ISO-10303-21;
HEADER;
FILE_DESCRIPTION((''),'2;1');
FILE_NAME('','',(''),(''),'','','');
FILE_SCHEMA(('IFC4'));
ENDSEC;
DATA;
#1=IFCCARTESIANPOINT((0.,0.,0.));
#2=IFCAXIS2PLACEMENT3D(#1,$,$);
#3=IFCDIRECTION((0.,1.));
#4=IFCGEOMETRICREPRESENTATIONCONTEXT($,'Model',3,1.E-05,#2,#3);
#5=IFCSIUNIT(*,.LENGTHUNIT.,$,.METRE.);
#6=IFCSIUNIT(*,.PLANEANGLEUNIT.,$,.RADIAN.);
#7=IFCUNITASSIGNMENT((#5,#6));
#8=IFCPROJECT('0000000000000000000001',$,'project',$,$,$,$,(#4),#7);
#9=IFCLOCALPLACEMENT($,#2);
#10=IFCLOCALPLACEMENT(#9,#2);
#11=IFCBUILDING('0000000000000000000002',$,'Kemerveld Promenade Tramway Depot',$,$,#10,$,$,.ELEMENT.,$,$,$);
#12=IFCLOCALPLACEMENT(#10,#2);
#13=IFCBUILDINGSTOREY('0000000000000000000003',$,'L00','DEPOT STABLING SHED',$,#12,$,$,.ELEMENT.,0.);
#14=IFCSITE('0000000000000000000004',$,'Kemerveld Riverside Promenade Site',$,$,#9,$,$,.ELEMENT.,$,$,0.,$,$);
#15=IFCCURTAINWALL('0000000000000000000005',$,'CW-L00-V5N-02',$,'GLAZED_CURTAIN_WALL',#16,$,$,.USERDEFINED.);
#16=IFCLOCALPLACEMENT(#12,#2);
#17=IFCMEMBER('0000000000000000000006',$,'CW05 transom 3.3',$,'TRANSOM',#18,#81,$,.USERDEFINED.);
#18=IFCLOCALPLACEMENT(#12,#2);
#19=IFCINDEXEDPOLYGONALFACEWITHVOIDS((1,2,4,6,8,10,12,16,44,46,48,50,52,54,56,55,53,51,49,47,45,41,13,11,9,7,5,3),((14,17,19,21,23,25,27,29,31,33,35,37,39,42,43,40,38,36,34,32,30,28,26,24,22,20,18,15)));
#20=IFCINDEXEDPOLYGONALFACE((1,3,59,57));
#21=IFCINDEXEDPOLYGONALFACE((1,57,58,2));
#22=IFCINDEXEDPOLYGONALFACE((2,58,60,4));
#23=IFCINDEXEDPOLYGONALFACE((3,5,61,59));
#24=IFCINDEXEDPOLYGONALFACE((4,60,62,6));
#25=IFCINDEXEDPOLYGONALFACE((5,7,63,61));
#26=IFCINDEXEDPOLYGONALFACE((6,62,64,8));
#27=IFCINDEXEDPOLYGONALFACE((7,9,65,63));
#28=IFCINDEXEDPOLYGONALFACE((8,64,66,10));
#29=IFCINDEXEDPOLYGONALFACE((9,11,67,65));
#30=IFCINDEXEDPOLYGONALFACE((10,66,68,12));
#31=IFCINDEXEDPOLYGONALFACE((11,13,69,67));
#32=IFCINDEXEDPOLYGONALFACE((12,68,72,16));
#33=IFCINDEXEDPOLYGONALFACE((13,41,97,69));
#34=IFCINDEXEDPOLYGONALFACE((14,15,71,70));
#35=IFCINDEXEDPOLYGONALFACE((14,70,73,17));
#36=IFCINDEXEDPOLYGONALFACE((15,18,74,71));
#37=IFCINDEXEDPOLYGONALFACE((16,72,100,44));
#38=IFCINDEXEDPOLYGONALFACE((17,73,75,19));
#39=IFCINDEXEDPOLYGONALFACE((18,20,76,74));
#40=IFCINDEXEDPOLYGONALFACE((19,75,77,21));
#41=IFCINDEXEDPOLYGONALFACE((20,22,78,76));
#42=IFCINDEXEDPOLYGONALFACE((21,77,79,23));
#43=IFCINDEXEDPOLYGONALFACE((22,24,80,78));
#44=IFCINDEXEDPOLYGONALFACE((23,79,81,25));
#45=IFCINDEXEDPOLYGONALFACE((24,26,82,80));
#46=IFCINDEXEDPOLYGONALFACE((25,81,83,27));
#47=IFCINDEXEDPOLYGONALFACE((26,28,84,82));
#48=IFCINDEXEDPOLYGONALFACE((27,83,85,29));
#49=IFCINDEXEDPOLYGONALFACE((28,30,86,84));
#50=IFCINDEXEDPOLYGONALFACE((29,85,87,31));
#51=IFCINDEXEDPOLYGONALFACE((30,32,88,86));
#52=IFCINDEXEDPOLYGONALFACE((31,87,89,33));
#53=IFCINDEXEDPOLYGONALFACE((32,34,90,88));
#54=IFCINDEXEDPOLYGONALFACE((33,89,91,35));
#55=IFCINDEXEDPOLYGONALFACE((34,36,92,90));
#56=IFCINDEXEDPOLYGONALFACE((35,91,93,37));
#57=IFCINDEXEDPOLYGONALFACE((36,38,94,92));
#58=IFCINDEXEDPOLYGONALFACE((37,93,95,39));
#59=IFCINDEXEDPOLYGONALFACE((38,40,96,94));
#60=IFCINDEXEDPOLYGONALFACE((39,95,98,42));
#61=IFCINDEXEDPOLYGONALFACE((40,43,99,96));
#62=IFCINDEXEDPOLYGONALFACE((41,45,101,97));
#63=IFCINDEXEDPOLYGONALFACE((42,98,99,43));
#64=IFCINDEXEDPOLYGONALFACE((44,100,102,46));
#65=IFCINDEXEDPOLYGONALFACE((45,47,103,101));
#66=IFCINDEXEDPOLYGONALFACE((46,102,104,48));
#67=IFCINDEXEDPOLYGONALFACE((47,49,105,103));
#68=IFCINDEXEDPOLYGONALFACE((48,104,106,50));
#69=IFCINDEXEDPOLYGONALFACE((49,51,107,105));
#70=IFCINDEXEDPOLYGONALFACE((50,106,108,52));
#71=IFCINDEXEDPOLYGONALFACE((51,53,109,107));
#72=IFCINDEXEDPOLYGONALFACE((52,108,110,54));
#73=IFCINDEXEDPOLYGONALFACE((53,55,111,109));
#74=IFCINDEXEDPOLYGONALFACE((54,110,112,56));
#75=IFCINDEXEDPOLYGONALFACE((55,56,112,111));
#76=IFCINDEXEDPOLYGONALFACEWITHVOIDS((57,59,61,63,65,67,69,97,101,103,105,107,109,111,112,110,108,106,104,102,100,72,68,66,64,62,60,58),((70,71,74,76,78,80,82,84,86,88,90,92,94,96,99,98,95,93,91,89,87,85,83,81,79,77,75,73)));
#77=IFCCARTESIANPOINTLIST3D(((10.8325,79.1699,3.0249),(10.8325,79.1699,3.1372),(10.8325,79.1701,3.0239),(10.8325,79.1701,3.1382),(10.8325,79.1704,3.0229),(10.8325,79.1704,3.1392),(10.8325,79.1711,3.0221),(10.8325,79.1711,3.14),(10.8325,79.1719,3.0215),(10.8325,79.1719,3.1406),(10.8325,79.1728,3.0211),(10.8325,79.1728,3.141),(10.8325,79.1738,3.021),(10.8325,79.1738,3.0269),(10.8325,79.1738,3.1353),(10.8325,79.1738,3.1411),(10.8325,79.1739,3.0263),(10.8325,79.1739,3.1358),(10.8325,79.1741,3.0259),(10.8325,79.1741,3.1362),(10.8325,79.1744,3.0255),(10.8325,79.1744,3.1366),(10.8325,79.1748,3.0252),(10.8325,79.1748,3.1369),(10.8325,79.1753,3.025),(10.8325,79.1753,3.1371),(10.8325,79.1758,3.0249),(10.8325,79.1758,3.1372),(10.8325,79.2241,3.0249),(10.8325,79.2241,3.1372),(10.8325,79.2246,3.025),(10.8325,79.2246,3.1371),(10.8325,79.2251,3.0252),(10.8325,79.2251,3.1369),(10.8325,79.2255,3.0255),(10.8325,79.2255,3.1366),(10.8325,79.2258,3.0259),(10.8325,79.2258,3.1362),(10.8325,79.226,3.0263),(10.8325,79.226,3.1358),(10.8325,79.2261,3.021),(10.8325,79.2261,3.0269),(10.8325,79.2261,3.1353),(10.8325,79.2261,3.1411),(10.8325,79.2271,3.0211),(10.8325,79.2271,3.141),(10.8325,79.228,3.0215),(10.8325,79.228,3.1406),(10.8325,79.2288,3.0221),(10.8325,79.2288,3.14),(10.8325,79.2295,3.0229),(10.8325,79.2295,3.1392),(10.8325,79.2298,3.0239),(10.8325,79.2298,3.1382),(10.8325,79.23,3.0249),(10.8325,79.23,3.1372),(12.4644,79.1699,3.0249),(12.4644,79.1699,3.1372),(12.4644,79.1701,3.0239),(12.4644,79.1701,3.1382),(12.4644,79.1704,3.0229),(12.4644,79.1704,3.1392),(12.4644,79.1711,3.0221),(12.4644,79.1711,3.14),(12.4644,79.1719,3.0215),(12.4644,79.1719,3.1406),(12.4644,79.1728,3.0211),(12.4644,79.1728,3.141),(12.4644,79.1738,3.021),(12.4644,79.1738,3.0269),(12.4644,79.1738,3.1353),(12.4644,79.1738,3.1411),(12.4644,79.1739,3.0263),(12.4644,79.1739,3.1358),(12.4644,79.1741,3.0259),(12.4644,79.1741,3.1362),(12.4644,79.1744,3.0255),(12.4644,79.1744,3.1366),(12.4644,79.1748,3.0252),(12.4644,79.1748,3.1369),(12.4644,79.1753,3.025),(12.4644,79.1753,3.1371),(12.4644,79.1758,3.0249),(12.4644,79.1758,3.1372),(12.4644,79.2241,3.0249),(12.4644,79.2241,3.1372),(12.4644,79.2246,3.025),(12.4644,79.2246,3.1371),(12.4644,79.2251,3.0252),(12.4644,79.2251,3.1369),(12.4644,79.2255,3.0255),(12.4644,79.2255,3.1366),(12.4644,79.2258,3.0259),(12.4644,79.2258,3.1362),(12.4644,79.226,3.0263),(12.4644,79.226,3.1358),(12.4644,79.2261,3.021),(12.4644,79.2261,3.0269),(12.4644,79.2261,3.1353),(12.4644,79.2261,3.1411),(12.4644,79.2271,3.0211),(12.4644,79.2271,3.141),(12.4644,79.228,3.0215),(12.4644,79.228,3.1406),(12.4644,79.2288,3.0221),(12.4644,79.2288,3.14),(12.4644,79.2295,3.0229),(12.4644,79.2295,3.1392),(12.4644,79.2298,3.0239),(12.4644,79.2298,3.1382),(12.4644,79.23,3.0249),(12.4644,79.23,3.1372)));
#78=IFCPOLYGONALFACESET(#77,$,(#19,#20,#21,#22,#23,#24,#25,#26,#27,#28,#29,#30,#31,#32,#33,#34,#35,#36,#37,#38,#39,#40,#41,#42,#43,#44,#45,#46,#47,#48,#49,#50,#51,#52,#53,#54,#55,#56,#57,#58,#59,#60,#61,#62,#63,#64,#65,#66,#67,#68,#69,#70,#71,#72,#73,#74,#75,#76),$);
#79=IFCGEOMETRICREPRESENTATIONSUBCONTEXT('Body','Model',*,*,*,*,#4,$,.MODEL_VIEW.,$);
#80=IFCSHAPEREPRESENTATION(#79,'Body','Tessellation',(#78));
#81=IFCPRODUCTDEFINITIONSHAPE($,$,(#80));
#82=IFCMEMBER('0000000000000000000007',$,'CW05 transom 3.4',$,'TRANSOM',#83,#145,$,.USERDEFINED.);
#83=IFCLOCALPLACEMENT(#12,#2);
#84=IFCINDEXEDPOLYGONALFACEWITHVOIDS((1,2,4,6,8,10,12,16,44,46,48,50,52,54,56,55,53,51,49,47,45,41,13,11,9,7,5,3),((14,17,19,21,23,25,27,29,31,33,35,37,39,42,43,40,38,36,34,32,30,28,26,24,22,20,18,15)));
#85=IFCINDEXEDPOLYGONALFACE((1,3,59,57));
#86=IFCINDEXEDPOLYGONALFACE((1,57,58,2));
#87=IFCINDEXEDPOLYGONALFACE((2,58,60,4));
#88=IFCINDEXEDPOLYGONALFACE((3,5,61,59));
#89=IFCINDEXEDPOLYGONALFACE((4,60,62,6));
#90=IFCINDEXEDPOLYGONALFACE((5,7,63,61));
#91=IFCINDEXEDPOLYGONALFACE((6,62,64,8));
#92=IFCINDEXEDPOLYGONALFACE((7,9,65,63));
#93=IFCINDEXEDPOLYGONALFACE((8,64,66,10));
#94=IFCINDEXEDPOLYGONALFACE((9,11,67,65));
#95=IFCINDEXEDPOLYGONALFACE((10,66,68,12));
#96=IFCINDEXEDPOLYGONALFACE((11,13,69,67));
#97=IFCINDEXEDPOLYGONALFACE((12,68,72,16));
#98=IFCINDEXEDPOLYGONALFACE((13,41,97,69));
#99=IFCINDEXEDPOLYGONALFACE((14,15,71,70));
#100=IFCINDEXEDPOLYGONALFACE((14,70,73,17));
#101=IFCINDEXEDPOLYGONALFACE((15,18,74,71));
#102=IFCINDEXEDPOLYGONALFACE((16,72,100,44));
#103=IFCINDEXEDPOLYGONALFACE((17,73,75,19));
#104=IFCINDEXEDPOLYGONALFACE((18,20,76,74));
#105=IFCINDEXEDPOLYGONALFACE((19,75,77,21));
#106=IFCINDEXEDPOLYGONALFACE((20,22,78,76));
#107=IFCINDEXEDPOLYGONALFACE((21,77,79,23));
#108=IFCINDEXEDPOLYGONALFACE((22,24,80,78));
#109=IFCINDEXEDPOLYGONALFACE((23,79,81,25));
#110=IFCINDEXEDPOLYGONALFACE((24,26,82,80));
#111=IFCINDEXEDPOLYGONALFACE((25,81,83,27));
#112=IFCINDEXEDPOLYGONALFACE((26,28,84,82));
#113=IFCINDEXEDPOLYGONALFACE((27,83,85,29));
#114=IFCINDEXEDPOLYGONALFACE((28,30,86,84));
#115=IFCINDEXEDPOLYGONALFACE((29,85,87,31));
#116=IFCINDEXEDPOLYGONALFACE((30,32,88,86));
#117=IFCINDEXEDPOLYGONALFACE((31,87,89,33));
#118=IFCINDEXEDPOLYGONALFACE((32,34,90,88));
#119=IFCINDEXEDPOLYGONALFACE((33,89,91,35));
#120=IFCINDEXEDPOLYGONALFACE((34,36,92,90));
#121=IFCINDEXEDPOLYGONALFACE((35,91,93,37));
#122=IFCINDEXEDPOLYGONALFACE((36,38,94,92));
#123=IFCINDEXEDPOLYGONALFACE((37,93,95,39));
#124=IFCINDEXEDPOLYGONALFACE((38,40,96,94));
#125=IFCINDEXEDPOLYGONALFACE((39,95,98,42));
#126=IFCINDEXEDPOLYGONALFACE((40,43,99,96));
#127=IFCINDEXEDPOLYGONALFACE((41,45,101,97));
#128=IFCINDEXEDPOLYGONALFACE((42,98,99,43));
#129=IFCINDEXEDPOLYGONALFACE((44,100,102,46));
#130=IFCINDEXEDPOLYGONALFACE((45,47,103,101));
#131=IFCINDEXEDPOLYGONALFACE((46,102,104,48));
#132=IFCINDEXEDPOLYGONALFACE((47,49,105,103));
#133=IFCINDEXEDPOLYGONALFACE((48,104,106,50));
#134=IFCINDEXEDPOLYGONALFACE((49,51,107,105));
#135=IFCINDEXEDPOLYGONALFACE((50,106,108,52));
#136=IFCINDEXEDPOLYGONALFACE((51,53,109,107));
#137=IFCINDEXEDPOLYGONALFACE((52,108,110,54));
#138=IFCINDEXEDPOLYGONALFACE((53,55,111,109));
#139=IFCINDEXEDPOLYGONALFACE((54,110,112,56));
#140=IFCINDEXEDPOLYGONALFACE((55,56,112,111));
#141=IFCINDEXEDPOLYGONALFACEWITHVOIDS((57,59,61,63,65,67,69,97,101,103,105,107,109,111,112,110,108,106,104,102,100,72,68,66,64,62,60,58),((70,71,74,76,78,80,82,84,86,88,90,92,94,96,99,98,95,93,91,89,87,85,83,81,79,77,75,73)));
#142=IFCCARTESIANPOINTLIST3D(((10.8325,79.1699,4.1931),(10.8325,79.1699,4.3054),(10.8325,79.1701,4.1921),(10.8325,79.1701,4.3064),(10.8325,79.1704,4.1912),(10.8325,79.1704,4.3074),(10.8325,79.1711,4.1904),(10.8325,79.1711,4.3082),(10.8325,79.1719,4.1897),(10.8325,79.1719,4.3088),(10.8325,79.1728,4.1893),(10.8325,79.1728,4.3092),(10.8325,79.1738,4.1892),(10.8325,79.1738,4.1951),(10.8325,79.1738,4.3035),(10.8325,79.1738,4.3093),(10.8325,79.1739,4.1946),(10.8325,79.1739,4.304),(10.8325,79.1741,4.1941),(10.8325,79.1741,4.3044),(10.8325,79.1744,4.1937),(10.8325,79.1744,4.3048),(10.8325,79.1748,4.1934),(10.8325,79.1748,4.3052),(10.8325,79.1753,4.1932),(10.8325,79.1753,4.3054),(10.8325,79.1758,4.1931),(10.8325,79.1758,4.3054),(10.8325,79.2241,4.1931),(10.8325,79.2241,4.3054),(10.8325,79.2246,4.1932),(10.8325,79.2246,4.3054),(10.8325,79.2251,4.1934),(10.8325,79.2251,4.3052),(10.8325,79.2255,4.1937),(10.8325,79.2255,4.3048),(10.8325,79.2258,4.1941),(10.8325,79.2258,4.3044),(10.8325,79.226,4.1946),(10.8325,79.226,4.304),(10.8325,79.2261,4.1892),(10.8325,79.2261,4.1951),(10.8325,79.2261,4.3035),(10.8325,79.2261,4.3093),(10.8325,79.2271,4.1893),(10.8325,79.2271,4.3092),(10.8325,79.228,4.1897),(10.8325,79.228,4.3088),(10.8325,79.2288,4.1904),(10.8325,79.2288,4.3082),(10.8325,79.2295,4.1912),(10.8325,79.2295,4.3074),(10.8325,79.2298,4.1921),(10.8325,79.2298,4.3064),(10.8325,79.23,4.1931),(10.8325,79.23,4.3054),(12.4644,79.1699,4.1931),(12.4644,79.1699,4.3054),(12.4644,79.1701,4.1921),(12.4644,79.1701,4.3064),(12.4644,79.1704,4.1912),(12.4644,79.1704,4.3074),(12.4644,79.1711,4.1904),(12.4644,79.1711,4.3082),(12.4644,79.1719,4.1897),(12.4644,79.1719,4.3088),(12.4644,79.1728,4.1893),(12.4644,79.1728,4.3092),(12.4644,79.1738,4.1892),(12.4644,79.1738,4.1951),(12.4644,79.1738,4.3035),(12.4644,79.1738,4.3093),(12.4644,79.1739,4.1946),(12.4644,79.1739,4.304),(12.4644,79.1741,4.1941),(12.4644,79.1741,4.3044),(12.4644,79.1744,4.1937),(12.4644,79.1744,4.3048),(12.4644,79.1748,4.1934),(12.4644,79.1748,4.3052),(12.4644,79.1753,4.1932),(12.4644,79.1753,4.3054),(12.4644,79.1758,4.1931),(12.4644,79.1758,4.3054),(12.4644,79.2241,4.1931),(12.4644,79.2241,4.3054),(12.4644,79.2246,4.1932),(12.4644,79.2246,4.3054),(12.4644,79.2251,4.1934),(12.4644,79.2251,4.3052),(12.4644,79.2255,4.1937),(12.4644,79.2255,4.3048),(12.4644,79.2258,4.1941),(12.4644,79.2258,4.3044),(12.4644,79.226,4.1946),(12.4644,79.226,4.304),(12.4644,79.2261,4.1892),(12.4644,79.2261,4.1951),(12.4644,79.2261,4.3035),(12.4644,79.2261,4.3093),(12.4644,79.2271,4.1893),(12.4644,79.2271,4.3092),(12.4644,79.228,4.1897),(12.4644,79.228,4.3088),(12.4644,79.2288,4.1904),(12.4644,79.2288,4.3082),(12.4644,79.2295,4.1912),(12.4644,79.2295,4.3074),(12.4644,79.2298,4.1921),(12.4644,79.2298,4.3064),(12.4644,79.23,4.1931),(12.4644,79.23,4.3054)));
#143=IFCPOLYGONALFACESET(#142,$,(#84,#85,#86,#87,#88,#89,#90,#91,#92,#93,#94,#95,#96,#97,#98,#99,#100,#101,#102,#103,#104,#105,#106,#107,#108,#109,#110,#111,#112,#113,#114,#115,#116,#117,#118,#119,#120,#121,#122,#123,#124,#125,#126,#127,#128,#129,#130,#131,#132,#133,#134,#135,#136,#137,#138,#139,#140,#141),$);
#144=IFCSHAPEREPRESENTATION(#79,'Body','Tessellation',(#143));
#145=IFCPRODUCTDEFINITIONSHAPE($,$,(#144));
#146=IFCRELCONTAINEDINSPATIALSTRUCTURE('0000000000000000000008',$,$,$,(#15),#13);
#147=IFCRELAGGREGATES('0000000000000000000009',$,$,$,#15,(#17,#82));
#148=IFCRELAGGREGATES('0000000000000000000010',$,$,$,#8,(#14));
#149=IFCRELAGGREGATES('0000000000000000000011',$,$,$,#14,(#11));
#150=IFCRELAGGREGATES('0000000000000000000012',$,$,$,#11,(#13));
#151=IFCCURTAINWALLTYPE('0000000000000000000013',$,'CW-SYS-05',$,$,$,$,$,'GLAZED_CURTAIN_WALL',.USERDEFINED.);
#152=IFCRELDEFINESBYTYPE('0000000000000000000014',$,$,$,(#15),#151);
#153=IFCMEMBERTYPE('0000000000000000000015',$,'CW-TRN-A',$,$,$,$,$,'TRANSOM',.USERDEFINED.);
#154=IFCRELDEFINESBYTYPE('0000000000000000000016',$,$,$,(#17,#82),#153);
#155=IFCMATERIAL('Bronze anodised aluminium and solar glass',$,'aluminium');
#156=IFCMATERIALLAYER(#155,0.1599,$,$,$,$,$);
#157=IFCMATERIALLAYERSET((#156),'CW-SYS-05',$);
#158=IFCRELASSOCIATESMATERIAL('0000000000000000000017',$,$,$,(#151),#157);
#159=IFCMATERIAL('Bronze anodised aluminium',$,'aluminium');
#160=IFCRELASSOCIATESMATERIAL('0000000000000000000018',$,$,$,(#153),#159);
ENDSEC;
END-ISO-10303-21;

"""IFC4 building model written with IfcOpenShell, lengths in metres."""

from ifc_helpers import new_model, si_unit, direction, frame, origin, origin_2d, place, context, subcontext, project, spatial, hollow_rectangle, extrude, material, layer, layer_set, material_profile, profile_set, type_object, element, aggregate, save


model = new_model("IFC4")

# Units and contexts
model_context = context("Model", 3, precision=1e-05, world=origin(), true_north=direction((0.0, 1.0)))
body_context = subcontext(model_context, "Body", "Model", "MODEL_VIEW")
ifc_project = project(units=[si_unit("LENGTHUNIT", "METRE"), si_unit("PLANEANGLEUNIT", "RADIAN")], contexts=[model_context])

# Site, building, storey
site_placement = place(None, origin())
site = spatial("IfcSite", under=ifc_project, at=site_placement, Name="Kemerveld Riverside Promenade Site", CompositionType="ELEMENT", RefElevation=0.0)
building_placement = place(site_placement, origin())
building = spatial("IfcBuilding", under=site, at=building_placement, Name="Kemerveld Promenade Tramway Depot", CompositionType="ELEMENT")
storey_placement = place(building_placement, origin())
storey = spatial("IfcBuildingStorey", under=building, at=storey_placement, Name="L00", Description="DEPOT STABLING SHED", CompositionType="ELEMENT", Elevation=0.0)

# Curtain wall, members
ifc_material_1 = material(Name="Bronze anodised aluminium and solar glass", Category="aluminium")
ifc_layer_1 = layer(ifc_material_1, 0.1599)
ifc_layer_set_1 = layer_set([ifc_layer_1], Name="CW-SYS-05")
curtain_wall_type = type_object("IfcCurtainWallType", Name="CW-SYS-05", ElementType="GLAZED_CURTAIN_WALL", PredefinedType="USERDEFINED", material=ifc_layer_set_1)
curtain_wall_placement = place(storey_placement, origin())
curtain_wall = element("IfcCurtainWall", 1, at=curtain_wall_placement, inside=storey, type_object=curtain_wall_type, Name="CW-L00-V5N-02", ObjectType="GLAZED_CURTAIN_WALL", PredefinedType="USERDEFINED")
ifc_material_2 = material(Name="Bronze anodised aluminium", Category="aluminium")
ifc_material_profile_1 = material_profile(ifc_material_2, hollow_rectangle(XDim=0.0601, YDim=0.1201, WallThickness=0.0039, InnerFilletRadius=0.002, OuterFilletRadius=0.0039, at=origin_2d()), Name="CW-TRN-120x60")
ifc_profile_set_1 = profile_set([ifc_material_profile_1], Name="Bronze anodised aluminium")
member_type_1 = type_object("IfcMemberType", Name="CW-TRN-A", ElementType="TRANSOM", PredefinedType="USERDEFINED", material=ifc_profile_set_1)
member_1_placement = place(storey_placement, frame((10.8325, 79.2, 3.0811), z_axis=(1.0, 0.0, 0.0), x_axis=(0.0, 1.0, 0.0)))
member_1 = element("IfcMember", 2, at=member_1_placement, type_object=member_type_1, Name="CW05 transom 3.3", ObjectType="TRANSOM", PredefinedType="USERDEFINED", context=body_context, shape_type="SweptSolid", body=[
    extrude(hollow_rectangle(XDim=0.0601, YDim=0.1201, WallThickness=0.0039, InnerFilletRadius=0.002, OuterFilletRadius=0.0039, at=origin_2d()), origin(), (0.0, 0.0, 1.0), 1.6318),
])
member_2_placement = place(storey_placement, frame((10.8325, 79.2, 4.2493), z_axis=(1.0, 0.0, 0.0), x_axis=(0.0, 1.0, 0.0)))
member_2 = element("IfcMember", 3, at=member_2_placement, type_object=member_type_1, Name="CW05 transom 3.4", ObjectType="TRANSOM", PredefinedType="USERDEFINED", context=body_context, shape_type="SweptSolid", body=[
    extrude(hollow_rectangle(XDim=0.0601, YDim=0.1201, WallThickness=0.0039, InnerFilletRadius=0.002, OuterFilletRadius=0.0039, at=origin_2d()), origin(), (0.0, 0.0, 1.0), 1.6318),
])
aggregate(curtain_wall, [member_1, member_2])

save(model, "model.ifc")
